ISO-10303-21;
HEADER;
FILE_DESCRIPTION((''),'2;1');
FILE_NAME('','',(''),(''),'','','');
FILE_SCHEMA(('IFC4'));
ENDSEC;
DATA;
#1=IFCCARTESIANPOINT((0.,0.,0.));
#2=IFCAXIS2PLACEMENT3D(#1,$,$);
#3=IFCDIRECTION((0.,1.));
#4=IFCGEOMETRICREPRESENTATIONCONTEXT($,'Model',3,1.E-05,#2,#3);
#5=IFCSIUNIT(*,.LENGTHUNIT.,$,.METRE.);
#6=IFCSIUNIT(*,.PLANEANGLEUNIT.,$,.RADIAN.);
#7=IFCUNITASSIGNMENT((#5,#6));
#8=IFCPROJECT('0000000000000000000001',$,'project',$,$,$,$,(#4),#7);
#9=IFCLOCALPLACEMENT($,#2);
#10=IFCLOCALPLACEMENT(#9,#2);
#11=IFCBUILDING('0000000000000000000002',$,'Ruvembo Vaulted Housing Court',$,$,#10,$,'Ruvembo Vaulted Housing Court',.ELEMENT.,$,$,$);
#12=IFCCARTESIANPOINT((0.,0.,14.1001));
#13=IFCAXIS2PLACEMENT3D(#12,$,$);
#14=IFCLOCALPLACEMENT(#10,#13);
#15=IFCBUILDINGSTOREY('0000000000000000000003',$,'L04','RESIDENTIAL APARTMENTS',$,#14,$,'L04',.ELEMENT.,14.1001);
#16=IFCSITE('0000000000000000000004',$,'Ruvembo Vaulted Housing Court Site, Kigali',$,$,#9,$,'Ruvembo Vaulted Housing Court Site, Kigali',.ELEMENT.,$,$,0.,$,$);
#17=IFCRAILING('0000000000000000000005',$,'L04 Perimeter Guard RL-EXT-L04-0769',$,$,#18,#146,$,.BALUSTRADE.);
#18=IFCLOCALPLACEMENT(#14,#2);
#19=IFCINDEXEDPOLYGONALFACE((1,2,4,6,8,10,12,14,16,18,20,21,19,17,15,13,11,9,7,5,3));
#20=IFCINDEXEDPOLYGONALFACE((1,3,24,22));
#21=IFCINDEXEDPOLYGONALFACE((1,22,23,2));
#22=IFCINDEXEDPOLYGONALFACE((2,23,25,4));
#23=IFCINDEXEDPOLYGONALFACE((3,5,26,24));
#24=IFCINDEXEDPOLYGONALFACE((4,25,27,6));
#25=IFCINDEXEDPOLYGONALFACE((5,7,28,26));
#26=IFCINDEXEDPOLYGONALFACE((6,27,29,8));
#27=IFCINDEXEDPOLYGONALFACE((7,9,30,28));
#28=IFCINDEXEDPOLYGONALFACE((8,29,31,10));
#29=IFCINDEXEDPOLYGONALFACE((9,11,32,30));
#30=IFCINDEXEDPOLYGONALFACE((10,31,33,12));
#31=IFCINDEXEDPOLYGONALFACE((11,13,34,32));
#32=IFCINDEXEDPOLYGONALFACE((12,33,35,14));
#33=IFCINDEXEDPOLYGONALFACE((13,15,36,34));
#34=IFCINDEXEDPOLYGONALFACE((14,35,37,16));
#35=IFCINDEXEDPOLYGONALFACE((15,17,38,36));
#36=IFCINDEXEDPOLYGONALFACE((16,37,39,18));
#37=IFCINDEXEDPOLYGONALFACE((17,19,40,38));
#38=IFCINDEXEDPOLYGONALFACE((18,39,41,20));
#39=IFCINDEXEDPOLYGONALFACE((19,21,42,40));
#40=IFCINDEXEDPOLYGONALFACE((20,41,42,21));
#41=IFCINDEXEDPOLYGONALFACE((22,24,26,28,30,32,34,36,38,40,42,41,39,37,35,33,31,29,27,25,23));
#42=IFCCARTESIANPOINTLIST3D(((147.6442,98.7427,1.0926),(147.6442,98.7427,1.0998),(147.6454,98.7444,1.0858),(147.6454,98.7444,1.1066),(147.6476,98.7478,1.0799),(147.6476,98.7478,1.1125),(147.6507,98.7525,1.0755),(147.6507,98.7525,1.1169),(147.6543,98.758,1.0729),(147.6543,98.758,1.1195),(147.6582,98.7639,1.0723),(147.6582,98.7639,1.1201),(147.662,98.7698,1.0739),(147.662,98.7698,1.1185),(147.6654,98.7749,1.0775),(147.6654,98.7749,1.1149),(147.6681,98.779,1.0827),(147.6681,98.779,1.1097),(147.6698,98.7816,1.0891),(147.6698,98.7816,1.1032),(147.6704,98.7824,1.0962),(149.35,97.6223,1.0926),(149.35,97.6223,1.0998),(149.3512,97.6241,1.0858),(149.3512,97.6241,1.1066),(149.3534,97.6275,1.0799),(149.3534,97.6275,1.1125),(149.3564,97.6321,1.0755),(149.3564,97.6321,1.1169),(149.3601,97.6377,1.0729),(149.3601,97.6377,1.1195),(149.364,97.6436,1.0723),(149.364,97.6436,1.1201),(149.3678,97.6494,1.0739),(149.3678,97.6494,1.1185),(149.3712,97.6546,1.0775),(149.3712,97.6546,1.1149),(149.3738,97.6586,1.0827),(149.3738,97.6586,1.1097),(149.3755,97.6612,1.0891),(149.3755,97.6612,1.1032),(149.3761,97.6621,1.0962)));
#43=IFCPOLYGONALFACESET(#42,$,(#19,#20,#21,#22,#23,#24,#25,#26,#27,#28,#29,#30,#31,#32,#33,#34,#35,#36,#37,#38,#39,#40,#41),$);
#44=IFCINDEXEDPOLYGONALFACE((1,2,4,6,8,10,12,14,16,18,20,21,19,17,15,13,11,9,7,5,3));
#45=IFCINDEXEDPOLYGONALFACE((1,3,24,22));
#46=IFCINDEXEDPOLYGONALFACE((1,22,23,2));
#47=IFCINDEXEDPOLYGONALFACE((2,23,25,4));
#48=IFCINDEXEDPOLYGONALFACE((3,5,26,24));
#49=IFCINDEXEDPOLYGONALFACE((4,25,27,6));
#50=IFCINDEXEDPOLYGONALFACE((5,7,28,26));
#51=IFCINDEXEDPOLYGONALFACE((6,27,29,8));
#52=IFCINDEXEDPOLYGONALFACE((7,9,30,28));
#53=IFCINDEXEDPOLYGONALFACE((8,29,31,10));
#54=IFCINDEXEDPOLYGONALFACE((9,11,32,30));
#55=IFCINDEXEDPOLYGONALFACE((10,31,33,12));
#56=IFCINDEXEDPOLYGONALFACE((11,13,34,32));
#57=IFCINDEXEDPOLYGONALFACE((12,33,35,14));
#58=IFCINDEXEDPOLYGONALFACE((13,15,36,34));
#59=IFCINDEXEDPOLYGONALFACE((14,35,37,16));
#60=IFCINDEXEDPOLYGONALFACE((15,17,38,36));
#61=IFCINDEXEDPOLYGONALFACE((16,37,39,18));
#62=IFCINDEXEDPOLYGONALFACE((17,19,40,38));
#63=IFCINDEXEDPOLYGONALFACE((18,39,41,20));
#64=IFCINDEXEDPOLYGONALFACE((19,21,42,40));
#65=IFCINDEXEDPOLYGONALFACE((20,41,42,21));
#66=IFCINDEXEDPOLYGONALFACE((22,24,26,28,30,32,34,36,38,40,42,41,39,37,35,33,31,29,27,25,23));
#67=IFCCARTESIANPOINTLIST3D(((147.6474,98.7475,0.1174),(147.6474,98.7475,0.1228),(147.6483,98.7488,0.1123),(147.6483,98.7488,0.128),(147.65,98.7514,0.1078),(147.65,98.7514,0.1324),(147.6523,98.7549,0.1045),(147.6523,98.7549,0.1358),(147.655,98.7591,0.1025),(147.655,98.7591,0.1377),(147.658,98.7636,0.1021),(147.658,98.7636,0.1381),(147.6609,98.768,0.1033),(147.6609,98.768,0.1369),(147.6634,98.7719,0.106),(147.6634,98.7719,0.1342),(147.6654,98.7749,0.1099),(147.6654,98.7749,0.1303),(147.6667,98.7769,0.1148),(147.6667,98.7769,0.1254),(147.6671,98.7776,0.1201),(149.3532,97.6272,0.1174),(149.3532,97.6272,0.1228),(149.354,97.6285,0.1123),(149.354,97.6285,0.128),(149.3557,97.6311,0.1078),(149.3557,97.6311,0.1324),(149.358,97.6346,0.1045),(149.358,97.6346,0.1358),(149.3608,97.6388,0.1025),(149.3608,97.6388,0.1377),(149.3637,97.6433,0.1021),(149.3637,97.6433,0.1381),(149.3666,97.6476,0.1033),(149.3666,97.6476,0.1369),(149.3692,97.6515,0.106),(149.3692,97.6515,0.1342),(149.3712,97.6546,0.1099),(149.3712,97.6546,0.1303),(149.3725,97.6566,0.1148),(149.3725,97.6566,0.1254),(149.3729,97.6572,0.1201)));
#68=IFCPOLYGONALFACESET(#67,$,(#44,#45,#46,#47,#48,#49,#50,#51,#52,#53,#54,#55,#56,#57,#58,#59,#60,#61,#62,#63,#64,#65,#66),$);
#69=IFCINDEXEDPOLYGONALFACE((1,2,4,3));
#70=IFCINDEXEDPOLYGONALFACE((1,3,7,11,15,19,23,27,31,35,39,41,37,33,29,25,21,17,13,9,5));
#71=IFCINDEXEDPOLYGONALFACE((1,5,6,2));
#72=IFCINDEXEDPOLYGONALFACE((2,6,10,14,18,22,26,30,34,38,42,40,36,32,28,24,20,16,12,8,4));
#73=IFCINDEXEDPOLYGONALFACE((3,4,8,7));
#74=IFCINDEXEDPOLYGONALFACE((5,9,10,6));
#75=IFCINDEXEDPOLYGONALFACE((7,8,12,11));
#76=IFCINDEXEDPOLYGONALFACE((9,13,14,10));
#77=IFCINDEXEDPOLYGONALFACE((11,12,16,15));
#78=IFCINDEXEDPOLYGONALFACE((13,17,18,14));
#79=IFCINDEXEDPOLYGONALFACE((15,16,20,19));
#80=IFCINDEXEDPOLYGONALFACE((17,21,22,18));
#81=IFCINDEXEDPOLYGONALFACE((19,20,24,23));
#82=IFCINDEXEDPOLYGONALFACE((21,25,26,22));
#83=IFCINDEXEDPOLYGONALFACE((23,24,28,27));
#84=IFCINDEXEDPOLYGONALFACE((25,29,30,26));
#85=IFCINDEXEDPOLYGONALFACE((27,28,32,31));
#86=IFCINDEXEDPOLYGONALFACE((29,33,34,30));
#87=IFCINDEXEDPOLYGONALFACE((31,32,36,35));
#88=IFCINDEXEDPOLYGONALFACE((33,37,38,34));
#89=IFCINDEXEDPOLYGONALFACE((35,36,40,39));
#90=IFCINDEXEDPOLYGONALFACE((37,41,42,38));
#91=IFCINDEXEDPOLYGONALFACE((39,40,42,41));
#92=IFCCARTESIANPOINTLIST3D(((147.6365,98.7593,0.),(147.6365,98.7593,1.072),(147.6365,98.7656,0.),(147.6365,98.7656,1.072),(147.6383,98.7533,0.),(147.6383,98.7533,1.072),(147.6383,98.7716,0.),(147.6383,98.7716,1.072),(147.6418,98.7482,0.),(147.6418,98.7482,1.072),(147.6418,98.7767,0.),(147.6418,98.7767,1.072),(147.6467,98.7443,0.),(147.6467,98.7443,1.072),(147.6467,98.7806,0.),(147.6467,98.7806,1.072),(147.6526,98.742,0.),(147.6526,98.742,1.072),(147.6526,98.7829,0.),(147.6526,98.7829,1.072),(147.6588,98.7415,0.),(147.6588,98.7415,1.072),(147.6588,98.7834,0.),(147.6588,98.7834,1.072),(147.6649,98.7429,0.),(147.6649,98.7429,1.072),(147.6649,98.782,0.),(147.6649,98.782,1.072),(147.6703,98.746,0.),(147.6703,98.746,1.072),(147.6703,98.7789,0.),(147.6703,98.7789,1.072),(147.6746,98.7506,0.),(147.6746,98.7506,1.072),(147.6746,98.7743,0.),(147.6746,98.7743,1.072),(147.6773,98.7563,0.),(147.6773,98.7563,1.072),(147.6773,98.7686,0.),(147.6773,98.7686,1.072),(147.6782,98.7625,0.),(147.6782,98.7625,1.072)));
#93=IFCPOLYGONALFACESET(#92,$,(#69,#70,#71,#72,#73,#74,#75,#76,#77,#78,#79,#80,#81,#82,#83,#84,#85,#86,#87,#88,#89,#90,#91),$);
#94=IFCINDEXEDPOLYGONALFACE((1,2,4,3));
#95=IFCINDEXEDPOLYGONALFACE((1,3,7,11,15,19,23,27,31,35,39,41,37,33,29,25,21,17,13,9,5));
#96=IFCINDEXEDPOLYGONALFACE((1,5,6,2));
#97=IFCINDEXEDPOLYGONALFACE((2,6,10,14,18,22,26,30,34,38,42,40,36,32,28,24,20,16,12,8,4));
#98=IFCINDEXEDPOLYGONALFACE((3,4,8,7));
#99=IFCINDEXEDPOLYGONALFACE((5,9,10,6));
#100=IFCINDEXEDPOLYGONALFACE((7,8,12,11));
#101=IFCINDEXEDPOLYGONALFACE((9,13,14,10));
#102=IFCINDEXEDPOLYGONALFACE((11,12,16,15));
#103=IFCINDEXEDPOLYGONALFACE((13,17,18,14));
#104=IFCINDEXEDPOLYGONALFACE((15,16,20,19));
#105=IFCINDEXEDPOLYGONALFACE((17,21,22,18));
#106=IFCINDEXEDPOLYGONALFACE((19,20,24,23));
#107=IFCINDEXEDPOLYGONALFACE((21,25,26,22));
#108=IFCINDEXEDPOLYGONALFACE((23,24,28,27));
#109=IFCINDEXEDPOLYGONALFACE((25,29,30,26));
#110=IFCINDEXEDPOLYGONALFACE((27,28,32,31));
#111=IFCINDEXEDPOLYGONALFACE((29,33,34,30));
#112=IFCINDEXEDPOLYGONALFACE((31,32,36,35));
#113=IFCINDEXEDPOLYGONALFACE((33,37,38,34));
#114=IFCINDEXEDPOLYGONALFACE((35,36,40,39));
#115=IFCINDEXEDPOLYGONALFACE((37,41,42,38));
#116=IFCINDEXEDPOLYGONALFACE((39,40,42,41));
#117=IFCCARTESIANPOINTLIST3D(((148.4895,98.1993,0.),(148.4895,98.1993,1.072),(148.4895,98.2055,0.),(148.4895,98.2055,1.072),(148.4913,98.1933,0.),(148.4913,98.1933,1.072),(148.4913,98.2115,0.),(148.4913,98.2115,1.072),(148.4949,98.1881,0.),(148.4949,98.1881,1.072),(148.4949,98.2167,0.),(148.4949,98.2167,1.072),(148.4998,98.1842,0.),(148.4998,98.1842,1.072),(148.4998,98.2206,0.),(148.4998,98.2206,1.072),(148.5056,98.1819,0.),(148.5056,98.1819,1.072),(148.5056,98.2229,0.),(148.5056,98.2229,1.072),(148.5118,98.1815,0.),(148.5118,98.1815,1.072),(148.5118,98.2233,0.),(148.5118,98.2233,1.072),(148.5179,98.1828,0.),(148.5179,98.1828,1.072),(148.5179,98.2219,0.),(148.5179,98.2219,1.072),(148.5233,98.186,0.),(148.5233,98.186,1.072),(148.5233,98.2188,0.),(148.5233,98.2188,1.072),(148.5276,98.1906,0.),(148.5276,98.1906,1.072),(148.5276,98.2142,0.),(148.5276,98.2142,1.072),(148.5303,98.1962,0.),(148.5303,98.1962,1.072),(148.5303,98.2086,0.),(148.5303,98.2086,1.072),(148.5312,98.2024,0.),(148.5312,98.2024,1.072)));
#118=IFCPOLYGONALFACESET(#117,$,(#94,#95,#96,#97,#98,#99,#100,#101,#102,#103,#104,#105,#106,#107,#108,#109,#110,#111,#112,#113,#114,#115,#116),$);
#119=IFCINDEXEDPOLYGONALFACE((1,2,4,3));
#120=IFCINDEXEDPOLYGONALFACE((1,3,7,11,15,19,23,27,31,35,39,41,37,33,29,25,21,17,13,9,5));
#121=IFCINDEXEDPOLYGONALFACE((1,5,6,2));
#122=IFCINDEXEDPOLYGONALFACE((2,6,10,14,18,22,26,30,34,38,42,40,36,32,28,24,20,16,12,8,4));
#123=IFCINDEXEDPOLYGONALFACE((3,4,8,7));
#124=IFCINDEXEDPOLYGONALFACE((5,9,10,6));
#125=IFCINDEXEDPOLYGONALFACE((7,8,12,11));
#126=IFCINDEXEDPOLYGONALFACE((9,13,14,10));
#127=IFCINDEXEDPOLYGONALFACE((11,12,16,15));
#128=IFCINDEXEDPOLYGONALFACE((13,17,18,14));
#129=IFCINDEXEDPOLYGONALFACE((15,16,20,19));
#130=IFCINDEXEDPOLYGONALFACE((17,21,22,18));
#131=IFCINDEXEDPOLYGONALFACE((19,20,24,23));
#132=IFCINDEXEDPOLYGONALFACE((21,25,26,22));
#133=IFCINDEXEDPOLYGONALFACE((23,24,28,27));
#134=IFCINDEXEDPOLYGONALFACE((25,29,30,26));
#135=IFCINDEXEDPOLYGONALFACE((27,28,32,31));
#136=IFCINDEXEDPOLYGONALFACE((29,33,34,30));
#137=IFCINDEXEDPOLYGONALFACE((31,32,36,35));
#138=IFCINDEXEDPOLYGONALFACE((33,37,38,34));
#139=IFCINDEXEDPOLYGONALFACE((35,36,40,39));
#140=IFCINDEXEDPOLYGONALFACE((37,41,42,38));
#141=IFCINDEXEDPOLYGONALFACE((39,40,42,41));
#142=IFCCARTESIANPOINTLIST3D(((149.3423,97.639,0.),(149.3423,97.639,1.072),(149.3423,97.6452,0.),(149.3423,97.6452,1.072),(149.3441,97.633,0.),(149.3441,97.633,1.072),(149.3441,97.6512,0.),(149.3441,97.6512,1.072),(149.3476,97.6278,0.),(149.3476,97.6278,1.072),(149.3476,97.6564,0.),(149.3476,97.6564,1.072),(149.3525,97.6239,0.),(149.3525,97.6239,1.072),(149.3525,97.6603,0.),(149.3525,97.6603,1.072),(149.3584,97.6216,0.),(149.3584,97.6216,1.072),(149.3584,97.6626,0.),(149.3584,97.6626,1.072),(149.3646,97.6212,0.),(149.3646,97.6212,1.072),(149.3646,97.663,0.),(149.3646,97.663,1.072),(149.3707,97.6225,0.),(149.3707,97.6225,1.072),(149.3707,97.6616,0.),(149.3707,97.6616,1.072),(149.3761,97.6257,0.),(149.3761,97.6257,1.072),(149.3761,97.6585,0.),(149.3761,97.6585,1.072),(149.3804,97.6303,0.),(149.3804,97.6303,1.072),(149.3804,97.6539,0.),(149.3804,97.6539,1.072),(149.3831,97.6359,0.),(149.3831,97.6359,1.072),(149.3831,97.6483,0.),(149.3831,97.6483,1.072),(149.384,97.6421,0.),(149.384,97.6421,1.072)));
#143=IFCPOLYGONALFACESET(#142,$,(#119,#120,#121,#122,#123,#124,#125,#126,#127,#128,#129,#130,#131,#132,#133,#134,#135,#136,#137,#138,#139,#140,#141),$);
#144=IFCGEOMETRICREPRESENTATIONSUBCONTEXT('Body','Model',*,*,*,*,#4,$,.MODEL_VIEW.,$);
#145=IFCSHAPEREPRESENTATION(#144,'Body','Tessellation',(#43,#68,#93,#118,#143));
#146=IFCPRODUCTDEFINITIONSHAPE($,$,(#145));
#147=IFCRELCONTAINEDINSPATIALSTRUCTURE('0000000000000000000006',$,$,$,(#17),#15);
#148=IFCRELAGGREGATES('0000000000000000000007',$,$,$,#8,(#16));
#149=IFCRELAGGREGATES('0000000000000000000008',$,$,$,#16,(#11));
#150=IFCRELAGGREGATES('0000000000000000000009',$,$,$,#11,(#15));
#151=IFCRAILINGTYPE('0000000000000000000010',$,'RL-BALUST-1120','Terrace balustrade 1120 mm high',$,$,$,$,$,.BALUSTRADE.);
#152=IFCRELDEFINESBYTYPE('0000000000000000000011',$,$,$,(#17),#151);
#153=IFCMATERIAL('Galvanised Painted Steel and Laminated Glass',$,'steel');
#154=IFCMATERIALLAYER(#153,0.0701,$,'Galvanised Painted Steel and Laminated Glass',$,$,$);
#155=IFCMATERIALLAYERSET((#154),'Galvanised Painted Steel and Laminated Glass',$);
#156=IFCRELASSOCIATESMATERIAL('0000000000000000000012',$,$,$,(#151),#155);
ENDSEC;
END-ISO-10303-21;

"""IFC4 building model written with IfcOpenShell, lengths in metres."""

from ifc_helpers import new_model, si_unit, direction, frame, origin, origin_2d, place, context, subcontext, project, spatial, circle, extrude, material, layer, layer_set, type_object, element, save


model = new_model("IFC4")

# Units and contexts
model_context = context("Model", 3, precision=1e-05, world=origin(), true_north=direction((0.0, 1.0)))
body_context = subcontext(model_context, "Body", "Model", "MODEL_VIEW")
ifc_project = project(units=[si_unit("LENGTHUNIT", "METRE"), si_unit("PLANEANGLEUNIT", "RADIAN")], contexts=[model_context])

# Site, building, storey
site_placement = place(None, origin())
site = spatial("IfcSite", under=ifc_project, at=site_placement, Name="Ruvembo Vaulted Housing Court Site, Kigali", LongName="Ruvembo Vaulted Housing Court Site, Kigali", CompositionType="ELEMENT", RefElevation=0.0)
building_placement = place(site_placement, origin())
building = spatial("IfcBuilding", under=site, at=building_placement, Name="Ruvembo Vaulted Housing Court", LongName="Ruvembo Vaulted Housing Court", CompositionType="ELEMENT")
storey_placement = place(building_placement, frame((0.0, 0.0, 14.1001)))
storey = spatial("IfcBuildingStorey", under=building, at=storey_placement, Name="L04", Description="RESIDENTIAL APARTMENTS", LongName="L04", CompositionType="ELEMENT", Elevation=14.1001)

# Railing
ifc_material_1 = material(Name="Galvanised Painted Steel and Laminated Glass", Category="steel")
ifc_layer_1 = layer(ifc_material_1, 0.0701, Name="Galvanised Painted Steel and Laminated Glass")
ifc_layer_set_1 = layer_set([ifc_layer_1], Name="Galvanised Painted Steel and Laminated Glass")
railing_type = type_object("IfcRailingType", Name="RL-BALUST-1120", Description="Terrace balustrade 1120 mm high", PredefinedType="BALUSTRADE", material=ifc_layer_set_1)
railing_placement = place(storey_placement, frame((147.6572, 98.7625, 0.0)))
element("IfcRailing", 1, at=railing_placement, inside=storey, type_object=railing_type, Name="L04 Perimeter Guard RL-EXT-L04-0769", PredefinedType="BALUSTRADE", context=body_context, shape_type="SweptSolid", body=[
    extrude(circle(Radius=0.0239, at=origin_2d()), frame((0.0, 0.0, 1.0962), z_axis=(0.83584, -0.548973, 0.0), x_axis=(0.548973, 0.83584, 0.0)), (0.0, 0.0, 1.0), 2.0408),
    extrude(circle(Radius=0.0181, at=origin_2d()), frame((0.0, 0.0, 0.1201), z_axis=(0.83584, -0.548973, 0.0), x_axis=(0.548973, 0.83584, 0.0)), (0.0, 0.0, 1.0), 2.0408),
    extrude(circle(Radius=0.021, at=origin_2d()), origin(), (0.0, 0.0, 1.0), 1.072),
    extrude(circle(Radius=0.021, at=origin_2d()), frame((0.853, -0.5601, 0.0)), (0.0, 0.0, 1.0), 1.072),
    extrude(circle(Radius=0.021, at=origin_2d()), frame((1.7058, -1.1204, 0.0)), (0.0, 0.0, 1.0), 1.072),
])

save(model, "model.ifc")
